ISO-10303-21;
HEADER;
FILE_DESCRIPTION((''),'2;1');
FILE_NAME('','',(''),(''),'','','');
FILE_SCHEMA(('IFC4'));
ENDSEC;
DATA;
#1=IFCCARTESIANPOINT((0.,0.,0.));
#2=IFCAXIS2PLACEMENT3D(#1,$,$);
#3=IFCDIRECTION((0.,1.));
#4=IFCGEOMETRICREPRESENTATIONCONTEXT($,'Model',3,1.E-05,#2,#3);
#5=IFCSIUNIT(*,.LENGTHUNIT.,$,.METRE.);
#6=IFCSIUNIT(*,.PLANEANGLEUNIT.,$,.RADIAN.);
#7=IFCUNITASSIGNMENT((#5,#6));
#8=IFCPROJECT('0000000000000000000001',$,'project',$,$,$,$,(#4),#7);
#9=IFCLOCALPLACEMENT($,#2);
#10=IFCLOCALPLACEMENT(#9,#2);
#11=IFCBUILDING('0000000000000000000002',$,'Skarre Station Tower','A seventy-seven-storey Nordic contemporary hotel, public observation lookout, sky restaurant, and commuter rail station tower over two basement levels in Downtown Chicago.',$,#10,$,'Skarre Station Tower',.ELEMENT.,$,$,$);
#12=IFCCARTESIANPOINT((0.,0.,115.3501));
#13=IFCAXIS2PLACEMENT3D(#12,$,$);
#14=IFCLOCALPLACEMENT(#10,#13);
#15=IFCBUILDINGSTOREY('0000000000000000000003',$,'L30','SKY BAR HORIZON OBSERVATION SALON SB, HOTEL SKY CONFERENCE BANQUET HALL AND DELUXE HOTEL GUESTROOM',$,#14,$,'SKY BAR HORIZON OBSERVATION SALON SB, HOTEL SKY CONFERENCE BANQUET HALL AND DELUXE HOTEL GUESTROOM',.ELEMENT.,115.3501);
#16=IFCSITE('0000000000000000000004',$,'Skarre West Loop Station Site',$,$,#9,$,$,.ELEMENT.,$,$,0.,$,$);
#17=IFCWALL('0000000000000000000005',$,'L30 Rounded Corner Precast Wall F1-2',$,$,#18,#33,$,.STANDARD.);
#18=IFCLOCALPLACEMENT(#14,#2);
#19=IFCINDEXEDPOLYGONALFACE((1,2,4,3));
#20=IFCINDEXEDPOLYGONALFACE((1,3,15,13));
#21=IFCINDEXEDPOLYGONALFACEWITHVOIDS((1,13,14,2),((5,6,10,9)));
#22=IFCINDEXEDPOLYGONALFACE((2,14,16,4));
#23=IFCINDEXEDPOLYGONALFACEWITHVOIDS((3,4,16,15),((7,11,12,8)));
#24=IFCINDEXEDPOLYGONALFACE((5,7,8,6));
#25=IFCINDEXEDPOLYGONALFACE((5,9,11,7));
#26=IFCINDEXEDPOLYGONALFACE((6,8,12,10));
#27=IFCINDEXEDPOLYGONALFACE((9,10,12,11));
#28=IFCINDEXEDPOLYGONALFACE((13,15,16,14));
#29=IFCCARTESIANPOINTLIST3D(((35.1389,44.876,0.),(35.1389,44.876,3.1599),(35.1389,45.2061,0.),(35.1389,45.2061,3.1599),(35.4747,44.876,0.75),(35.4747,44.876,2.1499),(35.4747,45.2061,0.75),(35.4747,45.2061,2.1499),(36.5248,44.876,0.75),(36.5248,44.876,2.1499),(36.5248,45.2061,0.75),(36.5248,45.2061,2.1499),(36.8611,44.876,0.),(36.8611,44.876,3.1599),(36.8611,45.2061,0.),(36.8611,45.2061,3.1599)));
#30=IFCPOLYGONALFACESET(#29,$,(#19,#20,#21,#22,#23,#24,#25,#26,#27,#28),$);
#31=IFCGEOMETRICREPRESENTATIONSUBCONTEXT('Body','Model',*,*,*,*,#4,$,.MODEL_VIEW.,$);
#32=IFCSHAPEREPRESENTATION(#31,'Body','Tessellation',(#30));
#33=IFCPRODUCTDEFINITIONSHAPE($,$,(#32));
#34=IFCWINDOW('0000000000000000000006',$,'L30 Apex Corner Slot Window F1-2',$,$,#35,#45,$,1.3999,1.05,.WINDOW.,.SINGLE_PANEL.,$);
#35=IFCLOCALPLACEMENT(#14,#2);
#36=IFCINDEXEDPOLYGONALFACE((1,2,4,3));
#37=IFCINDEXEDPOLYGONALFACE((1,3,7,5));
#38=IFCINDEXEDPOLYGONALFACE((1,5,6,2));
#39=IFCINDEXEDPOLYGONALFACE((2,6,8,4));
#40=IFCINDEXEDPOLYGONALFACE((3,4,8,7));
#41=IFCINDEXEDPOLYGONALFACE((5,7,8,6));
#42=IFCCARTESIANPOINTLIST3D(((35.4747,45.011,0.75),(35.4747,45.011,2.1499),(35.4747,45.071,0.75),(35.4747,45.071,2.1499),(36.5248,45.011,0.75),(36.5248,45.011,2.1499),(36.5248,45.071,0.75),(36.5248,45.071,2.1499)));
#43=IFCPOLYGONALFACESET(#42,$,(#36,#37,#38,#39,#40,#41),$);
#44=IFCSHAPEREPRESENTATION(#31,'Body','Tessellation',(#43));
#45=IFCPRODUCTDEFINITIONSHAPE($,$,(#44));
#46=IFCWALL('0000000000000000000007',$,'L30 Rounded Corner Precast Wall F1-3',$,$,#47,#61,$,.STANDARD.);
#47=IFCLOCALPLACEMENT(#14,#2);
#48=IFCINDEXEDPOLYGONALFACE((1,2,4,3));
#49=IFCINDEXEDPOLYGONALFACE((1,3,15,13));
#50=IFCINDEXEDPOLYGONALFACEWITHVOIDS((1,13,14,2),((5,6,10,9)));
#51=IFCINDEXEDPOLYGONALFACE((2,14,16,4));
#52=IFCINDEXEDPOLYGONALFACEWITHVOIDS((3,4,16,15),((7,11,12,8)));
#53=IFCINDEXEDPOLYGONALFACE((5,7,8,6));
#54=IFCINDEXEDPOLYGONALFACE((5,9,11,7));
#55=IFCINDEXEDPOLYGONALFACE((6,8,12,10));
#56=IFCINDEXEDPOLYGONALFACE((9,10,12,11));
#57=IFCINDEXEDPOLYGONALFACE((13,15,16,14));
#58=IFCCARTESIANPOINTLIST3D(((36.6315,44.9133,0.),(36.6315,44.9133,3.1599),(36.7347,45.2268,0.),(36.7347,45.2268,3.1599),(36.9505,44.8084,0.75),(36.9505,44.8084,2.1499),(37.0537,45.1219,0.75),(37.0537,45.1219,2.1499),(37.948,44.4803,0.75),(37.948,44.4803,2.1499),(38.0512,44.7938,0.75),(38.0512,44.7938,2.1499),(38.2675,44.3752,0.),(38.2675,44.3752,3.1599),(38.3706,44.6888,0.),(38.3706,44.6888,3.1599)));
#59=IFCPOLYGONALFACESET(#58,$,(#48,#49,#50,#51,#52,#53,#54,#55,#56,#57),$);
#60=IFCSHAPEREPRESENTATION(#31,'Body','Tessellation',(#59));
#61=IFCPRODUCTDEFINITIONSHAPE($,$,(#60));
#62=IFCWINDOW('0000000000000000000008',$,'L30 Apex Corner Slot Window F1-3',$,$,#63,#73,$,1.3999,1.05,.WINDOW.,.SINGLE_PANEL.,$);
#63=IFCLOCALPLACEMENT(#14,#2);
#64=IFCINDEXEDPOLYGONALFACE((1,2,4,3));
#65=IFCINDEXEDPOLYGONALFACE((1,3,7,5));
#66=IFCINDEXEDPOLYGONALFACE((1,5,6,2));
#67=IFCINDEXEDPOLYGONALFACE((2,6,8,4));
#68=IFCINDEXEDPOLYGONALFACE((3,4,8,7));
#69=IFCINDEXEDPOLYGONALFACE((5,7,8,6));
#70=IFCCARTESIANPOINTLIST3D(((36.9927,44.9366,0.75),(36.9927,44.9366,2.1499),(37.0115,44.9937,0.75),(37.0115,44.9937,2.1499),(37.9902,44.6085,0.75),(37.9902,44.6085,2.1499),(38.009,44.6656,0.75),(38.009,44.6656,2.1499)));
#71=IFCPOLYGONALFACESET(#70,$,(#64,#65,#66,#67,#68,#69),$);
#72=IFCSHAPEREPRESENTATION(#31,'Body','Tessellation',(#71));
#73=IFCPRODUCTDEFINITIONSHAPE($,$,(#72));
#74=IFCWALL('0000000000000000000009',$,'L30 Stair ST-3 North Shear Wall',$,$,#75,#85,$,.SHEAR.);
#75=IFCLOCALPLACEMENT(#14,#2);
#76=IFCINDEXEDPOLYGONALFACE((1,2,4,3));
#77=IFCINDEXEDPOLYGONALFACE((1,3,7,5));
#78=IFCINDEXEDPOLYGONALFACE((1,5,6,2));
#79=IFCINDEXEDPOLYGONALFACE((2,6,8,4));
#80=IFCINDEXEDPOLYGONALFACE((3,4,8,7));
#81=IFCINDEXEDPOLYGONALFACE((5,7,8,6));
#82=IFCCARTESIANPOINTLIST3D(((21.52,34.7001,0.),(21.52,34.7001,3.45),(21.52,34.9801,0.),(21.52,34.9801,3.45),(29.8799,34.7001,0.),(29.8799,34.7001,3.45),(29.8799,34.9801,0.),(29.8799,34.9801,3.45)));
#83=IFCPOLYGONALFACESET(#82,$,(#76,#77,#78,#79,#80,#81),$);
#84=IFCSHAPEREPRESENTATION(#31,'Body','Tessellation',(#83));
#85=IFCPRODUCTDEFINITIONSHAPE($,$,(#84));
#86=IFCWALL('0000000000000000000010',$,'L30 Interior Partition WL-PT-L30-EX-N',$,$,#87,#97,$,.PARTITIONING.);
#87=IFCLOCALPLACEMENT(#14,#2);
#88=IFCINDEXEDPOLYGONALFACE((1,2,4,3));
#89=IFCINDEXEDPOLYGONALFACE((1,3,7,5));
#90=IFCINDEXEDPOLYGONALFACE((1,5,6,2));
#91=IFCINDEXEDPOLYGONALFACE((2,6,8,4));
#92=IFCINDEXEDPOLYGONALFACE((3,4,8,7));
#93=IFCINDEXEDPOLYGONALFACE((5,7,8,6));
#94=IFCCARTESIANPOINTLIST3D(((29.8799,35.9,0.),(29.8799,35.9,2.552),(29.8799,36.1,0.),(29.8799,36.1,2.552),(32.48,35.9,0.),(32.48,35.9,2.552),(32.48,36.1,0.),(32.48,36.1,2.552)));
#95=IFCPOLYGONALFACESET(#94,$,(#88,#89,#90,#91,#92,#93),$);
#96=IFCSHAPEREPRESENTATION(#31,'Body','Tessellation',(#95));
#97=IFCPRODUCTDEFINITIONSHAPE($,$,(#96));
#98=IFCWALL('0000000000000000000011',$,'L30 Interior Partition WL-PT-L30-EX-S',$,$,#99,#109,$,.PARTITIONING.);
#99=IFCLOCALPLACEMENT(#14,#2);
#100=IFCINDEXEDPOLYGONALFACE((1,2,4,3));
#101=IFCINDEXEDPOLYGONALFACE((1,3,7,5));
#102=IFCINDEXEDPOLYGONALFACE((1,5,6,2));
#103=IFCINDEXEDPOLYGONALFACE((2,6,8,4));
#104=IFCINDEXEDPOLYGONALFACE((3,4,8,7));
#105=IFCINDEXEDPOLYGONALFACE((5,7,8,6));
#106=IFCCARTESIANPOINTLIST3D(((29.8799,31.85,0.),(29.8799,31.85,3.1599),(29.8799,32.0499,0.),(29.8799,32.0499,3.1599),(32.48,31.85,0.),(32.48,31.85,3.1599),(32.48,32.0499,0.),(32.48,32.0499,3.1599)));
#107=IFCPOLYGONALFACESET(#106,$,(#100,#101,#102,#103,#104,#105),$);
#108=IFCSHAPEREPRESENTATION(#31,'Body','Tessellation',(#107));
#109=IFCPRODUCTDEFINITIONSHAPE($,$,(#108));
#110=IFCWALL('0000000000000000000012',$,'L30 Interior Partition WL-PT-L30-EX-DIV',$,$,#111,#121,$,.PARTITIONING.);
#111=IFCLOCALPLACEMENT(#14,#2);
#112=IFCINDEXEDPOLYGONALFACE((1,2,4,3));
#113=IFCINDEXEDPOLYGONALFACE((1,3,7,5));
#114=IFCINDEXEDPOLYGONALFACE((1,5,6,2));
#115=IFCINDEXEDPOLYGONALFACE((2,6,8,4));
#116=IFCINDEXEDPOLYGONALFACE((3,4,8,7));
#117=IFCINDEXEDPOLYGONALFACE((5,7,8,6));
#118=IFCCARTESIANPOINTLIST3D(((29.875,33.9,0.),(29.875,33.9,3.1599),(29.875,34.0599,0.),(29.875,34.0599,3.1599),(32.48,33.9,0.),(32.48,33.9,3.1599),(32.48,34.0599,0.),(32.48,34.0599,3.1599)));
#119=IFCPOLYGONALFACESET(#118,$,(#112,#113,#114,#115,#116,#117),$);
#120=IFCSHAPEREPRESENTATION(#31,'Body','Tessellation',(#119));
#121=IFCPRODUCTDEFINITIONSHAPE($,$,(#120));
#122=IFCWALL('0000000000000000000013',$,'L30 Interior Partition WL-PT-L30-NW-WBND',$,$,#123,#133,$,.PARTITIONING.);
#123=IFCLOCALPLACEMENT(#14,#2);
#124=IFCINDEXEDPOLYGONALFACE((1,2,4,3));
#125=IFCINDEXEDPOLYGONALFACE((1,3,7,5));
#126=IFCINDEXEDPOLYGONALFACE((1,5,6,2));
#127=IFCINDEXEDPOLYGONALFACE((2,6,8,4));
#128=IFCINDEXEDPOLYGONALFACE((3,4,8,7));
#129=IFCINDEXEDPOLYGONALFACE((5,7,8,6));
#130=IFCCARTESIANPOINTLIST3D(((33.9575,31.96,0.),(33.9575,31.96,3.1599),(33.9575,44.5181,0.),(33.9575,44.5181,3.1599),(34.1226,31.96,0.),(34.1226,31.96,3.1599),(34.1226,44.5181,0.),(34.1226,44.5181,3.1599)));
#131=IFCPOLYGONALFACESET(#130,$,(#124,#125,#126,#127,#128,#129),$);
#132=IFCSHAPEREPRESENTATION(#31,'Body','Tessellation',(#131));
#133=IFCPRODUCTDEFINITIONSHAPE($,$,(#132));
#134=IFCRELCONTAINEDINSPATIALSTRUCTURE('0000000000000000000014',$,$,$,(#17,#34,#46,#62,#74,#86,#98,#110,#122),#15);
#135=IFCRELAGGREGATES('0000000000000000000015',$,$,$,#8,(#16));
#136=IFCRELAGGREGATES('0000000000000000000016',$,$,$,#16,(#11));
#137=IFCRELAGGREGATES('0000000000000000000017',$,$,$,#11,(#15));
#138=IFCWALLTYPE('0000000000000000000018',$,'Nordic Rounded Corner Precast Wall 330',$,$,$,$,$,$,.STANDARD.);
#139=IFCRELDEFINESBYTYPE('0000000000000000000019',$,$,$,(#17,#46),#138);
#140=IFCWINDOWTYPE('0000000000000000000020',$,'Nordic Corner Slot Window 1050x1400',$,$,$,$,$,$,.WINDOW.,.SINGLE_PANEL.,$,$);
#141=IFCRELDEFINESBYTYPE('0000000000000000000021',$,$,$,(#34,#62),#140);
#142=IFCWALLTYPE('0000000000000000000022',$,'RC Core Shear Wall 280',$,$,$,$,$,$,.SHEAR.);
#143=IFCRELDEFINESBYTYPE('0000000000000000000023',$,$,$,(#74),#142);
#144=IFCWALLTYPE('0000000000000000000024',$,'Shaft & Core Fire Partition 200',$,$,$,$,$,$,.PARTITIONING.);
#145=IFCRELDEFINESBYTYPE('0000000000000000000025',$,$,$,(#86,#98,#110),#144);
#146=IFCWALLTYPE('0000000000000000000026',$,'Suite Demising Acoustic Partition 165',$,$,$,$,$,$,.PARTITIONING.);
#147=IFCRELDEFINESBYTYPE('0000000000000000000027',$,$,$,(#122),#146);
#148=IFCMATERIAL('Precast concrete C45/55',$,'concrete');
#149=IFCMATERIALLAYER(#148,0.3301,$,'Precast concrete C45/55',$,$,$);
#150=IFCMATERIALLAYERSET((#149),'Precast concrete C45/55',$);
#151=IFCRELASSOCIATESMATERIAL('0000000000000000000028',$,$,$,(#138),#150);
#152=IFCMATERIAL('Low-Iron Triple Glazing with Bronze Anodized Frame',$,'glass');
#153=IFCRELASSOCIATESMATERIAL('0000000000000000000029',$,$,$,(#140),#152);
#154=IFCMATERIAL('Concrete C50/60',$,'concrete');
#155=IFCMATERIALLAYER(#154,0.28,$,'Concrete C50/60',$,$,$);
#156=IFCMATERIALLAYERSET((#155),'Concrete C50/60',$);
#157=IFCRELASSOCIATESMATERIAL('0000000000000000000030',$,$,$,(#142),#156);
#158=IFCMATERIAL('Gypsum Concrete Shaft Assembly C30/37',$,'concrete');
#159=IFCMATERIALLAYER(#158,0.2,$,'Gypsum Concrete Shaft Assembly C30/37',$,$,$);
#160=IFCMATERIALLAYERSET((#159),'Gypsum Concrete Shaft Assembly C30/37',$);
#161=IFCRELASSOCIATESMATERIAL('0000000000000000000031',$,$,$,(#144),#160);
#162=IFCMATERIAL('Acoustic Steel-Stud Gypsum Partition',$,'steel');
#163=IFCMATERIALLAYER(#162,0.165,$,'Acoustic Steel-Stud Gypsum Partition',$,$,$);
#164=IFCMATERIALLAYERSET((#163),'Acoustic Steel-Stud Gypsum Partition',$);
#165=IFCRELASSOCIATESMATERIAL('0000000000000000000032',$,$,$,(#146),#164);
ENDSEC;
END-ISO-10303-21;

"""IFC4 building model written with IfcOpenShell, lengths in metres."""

from ifc_helpers import new_model, si_unit, direction, frame, frame_2d, origin, place, context, subcontext, project, spatial, rectangle, extrude, material, layer, layer_set, type_object, element, fill, save


model = new_model("IFC4")

# Units and contexts
model_context = context("Model", 3, precision=1e-05, world=origin(), true_north=direction((0.0, 1.0)))
body_context = subcontext(model_context, "Body", "Model", "MODEL_VIEW")
ifc_project = project(units=[si_unit("LENGTHUNIT", "METRE"), si_unit("PLANEANGLEUNIT", "RADIAN")], contexts=[model_context])

# Site, building, storey
site_placement = place(None, origin())
site = spatial("IfcSite", under=ifc_project, at=site_placement, Name="Skarre West Loop Station Site", CompositionType="ELEMENT", RefElevation=0.0)
building_placement = place(site_placement, origin())
building = spatial("IfcBuilding", under=site, at=building_placement, Name="Skarre Station Tower", Description="A seventy-seven-storey Nordic contemporary hotel, public observation lookout, sky restaurant, and commuter rail station tower over two basement levels in Downtown Chicago.", LongName="Skarre Station Tower", CompositionType="ELEMENT")
storey_placement = place(building_placement, frame((0.0, 0.0, 115.3501)))
storey = spatial("IfcBuildingStorey", under=building, at=storey_placement, Name="L30", Description="SKY BAR HORIZON OBSERVATION SALON SB, HOTEL SKY CONFERENCE BANQUET HALL AND DELUXE HOTEL GUESTROOM", LongName="SKY BAR HORIZON OBSERVATION SALON SB, HOTEL SKY CONFERENCE BANQUET HALL AND DELUXE HOTEL GUESTROOM", CompositionType="ELEMENT", Elevation=115.3501)

# Shared definitions
ifc_material_1 = material(Name="Acoustic Steel-Stud Gypsum Partition", Category="steel")

# Shared definitions
ifc_material_2 = material(Name="Precast concrete C45/55", Category="concrete")
ifc_layer_1 = layer(ifc_material_2, 0.3301, Name="Precast concrete C45/55")
ifc_layer_set_1 = layer_set([ifc_layer_1], Name="Precast concrete C45/55")
wall_type_1 = type_object("IfcWallType", Name="Nordic Rounded Corner Precast Wall 330", PredefinedType="STANDARD", material=ifc_layer_set_1)

# Walls, openings, windows
wall_1_placement = place(storey_placement, frame((35.1389, 45.041, 0.0), z_axis=(0.0, 0.0, 1.0), x_axis=(1.0, 0.0, 0.0)))
wall_1 = element("IfcWall", 1, at=wall_1_placement, inside=storey, type_object=wall_type_1, Name="L30 Rounded Corner Precast Wall F1-2", PredefinedType="STANDARD", context=body_context, shape_type="SweptSolid", body=[
    extrude(rectangle(XDim=1.7222, YDim=0.3301, at=frame_2d((0.8611, 0.0))), origin(), (0.0, 0.0, 1.0), 3.1599),
])
opening_1_placement = place(wall_1_placement, frame((0.3359, 0.0, 0.75)))
opening_1 = element("IfcOpeningElement", 2, at=opening_1_placement, cuts=wall_1, PredefinedType="OPENING", context=body_context, shape_type="SweptSolid", body=[
    extrude(rectangle(XDim=1.05, YDim=1.3999, at=frame_2d((0.5249, 0.7))), frame((0.0, 0.175, 0.0), z_axis=(0.0, -1.0, 0.0), x_axis=(1.0, 0.0, 0.0)), (0.0, 0.0, 1.0), 0.3501),
])
ifc_material_3 = material(Name="Low-Iron Triple Glazing with Bronze Anodized Frame", Category="glass")
window_type = type_object("IfcWindowType", Name="Nordic Corner Slot Window 1050x1400", PartitioningType="SINGLE_PANEL", PredefinedType="WINDOW", material=ifc_material_3)
window_1_placement = place(opening_1_placement, origin())
window_1 = element("IfcWindow", 3, at=window_1_placement, inside=storey, type_object=window_type, Name="L30 Apex Corner Slot Window F1-2", OverallHeight=1.3999, OverallWidth=1.05, PartitioningType="SINGLE_PANEL", PredefinedType="WINDOW", context=body_context, shape_type="SweptSolid", body=[
    extrude(rectangle(XDim=1.05, YDim=1.3999, at=frame_2d((0.5249, 0.7))), frame((0.0, 0.03, 0.0), z_axis=(0.0, -1.0, 0.0), x_axis=(1.0, 0.0, 0.0)), (0.0, 0.0, 1.0), 0.0601),
])
fill(opening_1, window_1)
wall_2_placement = place(storey_placement, frame((36.6831, 45.0701, 0.0), z_axis=(0.0, 0.0, 1.0), x_axis=(0.949937, -0.31244, 0.0)))
wall_2 = element("IfcWall", 4, at=wall_2_placement, inside=storey, type_object=wall_type_1, Name="L30 Rounded Corner Precast Wall F1-3", PredefinedType="STANDARD", context=body_context, shape_type="SweptSolid", body=[
    extrude(rectangle(XDim=1.7222, YDim=0.3301, at=frame_2d((0.8611, 0.0))), origin(), (0.0, 0.0, 1.0), 3.1599),
])
opening_2_placement = place(wall_2_placement, frame((0.3359, 0.0, 0.75)))
opening_2 = element("IfcOpeningElement", 5, at=opening_2_placement, cuts=wall_2, PredefinedType="OPENING", context=body_context, shape_type="SweptSolid", body=[
    extrude(rectangle(XDim=1.05, YDim=1.3999, at=frame_2d((0.5249, 0.7))), frame((0.0, 0.175, 0.0), z_axis=(0.0, -1.0, 0.0), x_axis=(1.0, 0.0, 0.0)), (0.0, 0.0, 1.0), 0.3501),
])
window_2_placement = place(opening_2_placement, origin())
window_2 = element("IfcWindow", 6, at=window_2_placement, inside=storey, type_object=window_type, Name="L30 Apex Corner Slot Window F1-3", OverallHeight=1.3999, OverallWidth=1.05, PartitioningType="SINGLE_PANEL", PredefinedType="WINDOW", context=body_context, shape_type="SweptSolid", body=[
    extrude(rectangle(XDim=1.05, YDim=1.3999, at=frame_2d((0.5249, 0.7))), frame((0.0, 0.03, 0.0), z_axis=(0.0, -1.0, 0.0), x_axis=(1.0, 0.0, 0.0)), (0.0, 0.0, 1.0), 0.0601),
])
fill(opening_2, window_2)

# Walls
ifc_material_4 = material(Name="Concrete C50/60", Category="concrete")
ifc_layer_2 = layer(ifc_material_4, 0.28, Name="Concrete C50/60")
ifc_layer_set_2 = layer_set([ifc_layer_2], Name="Concrete C50/60")
wall_type_2 = type_object("IfcWallType", Name="RC Core Shear Wall 280", PredefinedType="SHEAR", material=ifc_layer_set_2)
wall_3_placement = place(storey_placement, frame((29.8799, 34.8401, 0.0), z_axis=(0.0, 0.0, 1.0), x_axis=(-1.0, 0.0, 0.0)))
element("IfcWall", 7, at=wall_3_placement, inside=storey, type_object=wall_type_2, Name="L30 Stair ST-3 North Shear Wall", PredefinedType="SHEAR", context=body_context, shape_type="SweptSolid", body=[
    extrude(rectangle(XDim=8.3599, YDim=0.28, at=frame_2d((4.1799, 0.0))), origin(), (0.0, 0.0, 1.0), 3.45),
])
ifc_material_5 = material(Name="Gypsum Concrete Shaft Assembly C30/37", Category="concrete")
ifc_layer_3 = layer(ifc_material_5, 0.2, Name="Gypsum Concrete Shaft Assembly C30/37")
ifc_layer_set_3 = layer_set([ifc_layer_3], Name="Gypsum Concrete Shaft Assembly C30/37")
wall_type_3 = type_object("IfcWallType", Name="Shaft & Core Fire Partition 200", PredefinedType="PARTITIONING", material=ifc_layer_set_3)
wall_4_placement = place(storey_placement, frame((29.8799, 36.0, 0.0), z_axis=(0.0, 0.0, 1.0), x_axis=(1.0, 0.0, 0.0)))
element("IfcWall", 8, at=wall_4_placement, inside=storey, type_object=wall_type_3, Name="L30 Interior Partition WL-PT-L30-EX-N", PredefinedType="PARTITIONING", context=body_context, shape_type="SweptSolid", body=[
    extrude(rectangle(XDim=2.6001, YDim=0.2, at=frame_2d((1.3, 0.0))), origin(), (0.0, 0.0, 1.0), 2.552),
])
wall_5_placement = place(storey_placement, frame((32.48, 31.95, 0.0), z_axis=(0.0, 0.0, 1.0), x_axis=(-1.0, 0.0, 0.0)))
element("IfcWall", 9, at=wall_5_placement, inside=storey, type_object=wall_type_3, Name="L30 Interior Partition WL-PT-L30-EX-S", PredefinedType="PARTITIONING", context=body_context, shape_type="SweptSolid", body=[
    extrude(rectangle(XDim=2.6001, YDim=0.2, at=frame_2d((1.3, 0.0))), origin(), (0.0, 0.0, 1.0), 3.1599),
])
wall_6_placement = place(storey_placement, frame((29.875, 33.98, 0.0), z_axis=(0.0, 0.0, 1.0), x_axis=(1.0, 0.0, 0.0)))
element("IfcWall", 10, at=wall_6_placement, inside=storey, type_object=wall_type_3, Name="L30 Interior Partition WL-PT-L30-EX-DIV", PredefinedType="PARTITIONING", context=body_context, shape_type="SweptSolid", body=[
    extrude(rectangle(XDim=2.605, YDim=0.1599, at=frame_2d((1.3025, 0.0))), origin(), (0.0, 0.0, 1.0), 3.1599),
])
ifc_layer_4 = layer(ifc_material_1, 0.165, Name="Acoustic Steel-Stud Gypsum Partition")
ifc_layer_set_4 = layer_set([ifc_layer_4], Name="Acoustic Steel-Stud Gypsum Partition")
wall_type_4 = type_object("IfcWallType", Name="Suite Demising Acoustic Partition 165", PredefinedType="PARTITIONING", material=ifc_layer_set_4)
wall_7_placement = place(storey_placement, frame((34.04, 31.96, 0.0), z_axis=(0.0, 0.0, 1.0), x_axis=(0.0, 1.0, 0.0)))
element("IfcWall", 11, at=wall_7_placement, inside=storey, type_object=wall_type_4, Name="L30 Interior Partition WL-PT-L30-NW-WBND", PredefinedType="PARTITIONING", context=body_context, shape_type="SweptSolid", body=[
    extrude(rectangle(XDim=12.5581, YDim=0.165, at=frame_2d((6.2791, 0.0))), origin(), (0.0, 0.0, 1.0), 3.1599),
])

save(model, "model.ifc")
